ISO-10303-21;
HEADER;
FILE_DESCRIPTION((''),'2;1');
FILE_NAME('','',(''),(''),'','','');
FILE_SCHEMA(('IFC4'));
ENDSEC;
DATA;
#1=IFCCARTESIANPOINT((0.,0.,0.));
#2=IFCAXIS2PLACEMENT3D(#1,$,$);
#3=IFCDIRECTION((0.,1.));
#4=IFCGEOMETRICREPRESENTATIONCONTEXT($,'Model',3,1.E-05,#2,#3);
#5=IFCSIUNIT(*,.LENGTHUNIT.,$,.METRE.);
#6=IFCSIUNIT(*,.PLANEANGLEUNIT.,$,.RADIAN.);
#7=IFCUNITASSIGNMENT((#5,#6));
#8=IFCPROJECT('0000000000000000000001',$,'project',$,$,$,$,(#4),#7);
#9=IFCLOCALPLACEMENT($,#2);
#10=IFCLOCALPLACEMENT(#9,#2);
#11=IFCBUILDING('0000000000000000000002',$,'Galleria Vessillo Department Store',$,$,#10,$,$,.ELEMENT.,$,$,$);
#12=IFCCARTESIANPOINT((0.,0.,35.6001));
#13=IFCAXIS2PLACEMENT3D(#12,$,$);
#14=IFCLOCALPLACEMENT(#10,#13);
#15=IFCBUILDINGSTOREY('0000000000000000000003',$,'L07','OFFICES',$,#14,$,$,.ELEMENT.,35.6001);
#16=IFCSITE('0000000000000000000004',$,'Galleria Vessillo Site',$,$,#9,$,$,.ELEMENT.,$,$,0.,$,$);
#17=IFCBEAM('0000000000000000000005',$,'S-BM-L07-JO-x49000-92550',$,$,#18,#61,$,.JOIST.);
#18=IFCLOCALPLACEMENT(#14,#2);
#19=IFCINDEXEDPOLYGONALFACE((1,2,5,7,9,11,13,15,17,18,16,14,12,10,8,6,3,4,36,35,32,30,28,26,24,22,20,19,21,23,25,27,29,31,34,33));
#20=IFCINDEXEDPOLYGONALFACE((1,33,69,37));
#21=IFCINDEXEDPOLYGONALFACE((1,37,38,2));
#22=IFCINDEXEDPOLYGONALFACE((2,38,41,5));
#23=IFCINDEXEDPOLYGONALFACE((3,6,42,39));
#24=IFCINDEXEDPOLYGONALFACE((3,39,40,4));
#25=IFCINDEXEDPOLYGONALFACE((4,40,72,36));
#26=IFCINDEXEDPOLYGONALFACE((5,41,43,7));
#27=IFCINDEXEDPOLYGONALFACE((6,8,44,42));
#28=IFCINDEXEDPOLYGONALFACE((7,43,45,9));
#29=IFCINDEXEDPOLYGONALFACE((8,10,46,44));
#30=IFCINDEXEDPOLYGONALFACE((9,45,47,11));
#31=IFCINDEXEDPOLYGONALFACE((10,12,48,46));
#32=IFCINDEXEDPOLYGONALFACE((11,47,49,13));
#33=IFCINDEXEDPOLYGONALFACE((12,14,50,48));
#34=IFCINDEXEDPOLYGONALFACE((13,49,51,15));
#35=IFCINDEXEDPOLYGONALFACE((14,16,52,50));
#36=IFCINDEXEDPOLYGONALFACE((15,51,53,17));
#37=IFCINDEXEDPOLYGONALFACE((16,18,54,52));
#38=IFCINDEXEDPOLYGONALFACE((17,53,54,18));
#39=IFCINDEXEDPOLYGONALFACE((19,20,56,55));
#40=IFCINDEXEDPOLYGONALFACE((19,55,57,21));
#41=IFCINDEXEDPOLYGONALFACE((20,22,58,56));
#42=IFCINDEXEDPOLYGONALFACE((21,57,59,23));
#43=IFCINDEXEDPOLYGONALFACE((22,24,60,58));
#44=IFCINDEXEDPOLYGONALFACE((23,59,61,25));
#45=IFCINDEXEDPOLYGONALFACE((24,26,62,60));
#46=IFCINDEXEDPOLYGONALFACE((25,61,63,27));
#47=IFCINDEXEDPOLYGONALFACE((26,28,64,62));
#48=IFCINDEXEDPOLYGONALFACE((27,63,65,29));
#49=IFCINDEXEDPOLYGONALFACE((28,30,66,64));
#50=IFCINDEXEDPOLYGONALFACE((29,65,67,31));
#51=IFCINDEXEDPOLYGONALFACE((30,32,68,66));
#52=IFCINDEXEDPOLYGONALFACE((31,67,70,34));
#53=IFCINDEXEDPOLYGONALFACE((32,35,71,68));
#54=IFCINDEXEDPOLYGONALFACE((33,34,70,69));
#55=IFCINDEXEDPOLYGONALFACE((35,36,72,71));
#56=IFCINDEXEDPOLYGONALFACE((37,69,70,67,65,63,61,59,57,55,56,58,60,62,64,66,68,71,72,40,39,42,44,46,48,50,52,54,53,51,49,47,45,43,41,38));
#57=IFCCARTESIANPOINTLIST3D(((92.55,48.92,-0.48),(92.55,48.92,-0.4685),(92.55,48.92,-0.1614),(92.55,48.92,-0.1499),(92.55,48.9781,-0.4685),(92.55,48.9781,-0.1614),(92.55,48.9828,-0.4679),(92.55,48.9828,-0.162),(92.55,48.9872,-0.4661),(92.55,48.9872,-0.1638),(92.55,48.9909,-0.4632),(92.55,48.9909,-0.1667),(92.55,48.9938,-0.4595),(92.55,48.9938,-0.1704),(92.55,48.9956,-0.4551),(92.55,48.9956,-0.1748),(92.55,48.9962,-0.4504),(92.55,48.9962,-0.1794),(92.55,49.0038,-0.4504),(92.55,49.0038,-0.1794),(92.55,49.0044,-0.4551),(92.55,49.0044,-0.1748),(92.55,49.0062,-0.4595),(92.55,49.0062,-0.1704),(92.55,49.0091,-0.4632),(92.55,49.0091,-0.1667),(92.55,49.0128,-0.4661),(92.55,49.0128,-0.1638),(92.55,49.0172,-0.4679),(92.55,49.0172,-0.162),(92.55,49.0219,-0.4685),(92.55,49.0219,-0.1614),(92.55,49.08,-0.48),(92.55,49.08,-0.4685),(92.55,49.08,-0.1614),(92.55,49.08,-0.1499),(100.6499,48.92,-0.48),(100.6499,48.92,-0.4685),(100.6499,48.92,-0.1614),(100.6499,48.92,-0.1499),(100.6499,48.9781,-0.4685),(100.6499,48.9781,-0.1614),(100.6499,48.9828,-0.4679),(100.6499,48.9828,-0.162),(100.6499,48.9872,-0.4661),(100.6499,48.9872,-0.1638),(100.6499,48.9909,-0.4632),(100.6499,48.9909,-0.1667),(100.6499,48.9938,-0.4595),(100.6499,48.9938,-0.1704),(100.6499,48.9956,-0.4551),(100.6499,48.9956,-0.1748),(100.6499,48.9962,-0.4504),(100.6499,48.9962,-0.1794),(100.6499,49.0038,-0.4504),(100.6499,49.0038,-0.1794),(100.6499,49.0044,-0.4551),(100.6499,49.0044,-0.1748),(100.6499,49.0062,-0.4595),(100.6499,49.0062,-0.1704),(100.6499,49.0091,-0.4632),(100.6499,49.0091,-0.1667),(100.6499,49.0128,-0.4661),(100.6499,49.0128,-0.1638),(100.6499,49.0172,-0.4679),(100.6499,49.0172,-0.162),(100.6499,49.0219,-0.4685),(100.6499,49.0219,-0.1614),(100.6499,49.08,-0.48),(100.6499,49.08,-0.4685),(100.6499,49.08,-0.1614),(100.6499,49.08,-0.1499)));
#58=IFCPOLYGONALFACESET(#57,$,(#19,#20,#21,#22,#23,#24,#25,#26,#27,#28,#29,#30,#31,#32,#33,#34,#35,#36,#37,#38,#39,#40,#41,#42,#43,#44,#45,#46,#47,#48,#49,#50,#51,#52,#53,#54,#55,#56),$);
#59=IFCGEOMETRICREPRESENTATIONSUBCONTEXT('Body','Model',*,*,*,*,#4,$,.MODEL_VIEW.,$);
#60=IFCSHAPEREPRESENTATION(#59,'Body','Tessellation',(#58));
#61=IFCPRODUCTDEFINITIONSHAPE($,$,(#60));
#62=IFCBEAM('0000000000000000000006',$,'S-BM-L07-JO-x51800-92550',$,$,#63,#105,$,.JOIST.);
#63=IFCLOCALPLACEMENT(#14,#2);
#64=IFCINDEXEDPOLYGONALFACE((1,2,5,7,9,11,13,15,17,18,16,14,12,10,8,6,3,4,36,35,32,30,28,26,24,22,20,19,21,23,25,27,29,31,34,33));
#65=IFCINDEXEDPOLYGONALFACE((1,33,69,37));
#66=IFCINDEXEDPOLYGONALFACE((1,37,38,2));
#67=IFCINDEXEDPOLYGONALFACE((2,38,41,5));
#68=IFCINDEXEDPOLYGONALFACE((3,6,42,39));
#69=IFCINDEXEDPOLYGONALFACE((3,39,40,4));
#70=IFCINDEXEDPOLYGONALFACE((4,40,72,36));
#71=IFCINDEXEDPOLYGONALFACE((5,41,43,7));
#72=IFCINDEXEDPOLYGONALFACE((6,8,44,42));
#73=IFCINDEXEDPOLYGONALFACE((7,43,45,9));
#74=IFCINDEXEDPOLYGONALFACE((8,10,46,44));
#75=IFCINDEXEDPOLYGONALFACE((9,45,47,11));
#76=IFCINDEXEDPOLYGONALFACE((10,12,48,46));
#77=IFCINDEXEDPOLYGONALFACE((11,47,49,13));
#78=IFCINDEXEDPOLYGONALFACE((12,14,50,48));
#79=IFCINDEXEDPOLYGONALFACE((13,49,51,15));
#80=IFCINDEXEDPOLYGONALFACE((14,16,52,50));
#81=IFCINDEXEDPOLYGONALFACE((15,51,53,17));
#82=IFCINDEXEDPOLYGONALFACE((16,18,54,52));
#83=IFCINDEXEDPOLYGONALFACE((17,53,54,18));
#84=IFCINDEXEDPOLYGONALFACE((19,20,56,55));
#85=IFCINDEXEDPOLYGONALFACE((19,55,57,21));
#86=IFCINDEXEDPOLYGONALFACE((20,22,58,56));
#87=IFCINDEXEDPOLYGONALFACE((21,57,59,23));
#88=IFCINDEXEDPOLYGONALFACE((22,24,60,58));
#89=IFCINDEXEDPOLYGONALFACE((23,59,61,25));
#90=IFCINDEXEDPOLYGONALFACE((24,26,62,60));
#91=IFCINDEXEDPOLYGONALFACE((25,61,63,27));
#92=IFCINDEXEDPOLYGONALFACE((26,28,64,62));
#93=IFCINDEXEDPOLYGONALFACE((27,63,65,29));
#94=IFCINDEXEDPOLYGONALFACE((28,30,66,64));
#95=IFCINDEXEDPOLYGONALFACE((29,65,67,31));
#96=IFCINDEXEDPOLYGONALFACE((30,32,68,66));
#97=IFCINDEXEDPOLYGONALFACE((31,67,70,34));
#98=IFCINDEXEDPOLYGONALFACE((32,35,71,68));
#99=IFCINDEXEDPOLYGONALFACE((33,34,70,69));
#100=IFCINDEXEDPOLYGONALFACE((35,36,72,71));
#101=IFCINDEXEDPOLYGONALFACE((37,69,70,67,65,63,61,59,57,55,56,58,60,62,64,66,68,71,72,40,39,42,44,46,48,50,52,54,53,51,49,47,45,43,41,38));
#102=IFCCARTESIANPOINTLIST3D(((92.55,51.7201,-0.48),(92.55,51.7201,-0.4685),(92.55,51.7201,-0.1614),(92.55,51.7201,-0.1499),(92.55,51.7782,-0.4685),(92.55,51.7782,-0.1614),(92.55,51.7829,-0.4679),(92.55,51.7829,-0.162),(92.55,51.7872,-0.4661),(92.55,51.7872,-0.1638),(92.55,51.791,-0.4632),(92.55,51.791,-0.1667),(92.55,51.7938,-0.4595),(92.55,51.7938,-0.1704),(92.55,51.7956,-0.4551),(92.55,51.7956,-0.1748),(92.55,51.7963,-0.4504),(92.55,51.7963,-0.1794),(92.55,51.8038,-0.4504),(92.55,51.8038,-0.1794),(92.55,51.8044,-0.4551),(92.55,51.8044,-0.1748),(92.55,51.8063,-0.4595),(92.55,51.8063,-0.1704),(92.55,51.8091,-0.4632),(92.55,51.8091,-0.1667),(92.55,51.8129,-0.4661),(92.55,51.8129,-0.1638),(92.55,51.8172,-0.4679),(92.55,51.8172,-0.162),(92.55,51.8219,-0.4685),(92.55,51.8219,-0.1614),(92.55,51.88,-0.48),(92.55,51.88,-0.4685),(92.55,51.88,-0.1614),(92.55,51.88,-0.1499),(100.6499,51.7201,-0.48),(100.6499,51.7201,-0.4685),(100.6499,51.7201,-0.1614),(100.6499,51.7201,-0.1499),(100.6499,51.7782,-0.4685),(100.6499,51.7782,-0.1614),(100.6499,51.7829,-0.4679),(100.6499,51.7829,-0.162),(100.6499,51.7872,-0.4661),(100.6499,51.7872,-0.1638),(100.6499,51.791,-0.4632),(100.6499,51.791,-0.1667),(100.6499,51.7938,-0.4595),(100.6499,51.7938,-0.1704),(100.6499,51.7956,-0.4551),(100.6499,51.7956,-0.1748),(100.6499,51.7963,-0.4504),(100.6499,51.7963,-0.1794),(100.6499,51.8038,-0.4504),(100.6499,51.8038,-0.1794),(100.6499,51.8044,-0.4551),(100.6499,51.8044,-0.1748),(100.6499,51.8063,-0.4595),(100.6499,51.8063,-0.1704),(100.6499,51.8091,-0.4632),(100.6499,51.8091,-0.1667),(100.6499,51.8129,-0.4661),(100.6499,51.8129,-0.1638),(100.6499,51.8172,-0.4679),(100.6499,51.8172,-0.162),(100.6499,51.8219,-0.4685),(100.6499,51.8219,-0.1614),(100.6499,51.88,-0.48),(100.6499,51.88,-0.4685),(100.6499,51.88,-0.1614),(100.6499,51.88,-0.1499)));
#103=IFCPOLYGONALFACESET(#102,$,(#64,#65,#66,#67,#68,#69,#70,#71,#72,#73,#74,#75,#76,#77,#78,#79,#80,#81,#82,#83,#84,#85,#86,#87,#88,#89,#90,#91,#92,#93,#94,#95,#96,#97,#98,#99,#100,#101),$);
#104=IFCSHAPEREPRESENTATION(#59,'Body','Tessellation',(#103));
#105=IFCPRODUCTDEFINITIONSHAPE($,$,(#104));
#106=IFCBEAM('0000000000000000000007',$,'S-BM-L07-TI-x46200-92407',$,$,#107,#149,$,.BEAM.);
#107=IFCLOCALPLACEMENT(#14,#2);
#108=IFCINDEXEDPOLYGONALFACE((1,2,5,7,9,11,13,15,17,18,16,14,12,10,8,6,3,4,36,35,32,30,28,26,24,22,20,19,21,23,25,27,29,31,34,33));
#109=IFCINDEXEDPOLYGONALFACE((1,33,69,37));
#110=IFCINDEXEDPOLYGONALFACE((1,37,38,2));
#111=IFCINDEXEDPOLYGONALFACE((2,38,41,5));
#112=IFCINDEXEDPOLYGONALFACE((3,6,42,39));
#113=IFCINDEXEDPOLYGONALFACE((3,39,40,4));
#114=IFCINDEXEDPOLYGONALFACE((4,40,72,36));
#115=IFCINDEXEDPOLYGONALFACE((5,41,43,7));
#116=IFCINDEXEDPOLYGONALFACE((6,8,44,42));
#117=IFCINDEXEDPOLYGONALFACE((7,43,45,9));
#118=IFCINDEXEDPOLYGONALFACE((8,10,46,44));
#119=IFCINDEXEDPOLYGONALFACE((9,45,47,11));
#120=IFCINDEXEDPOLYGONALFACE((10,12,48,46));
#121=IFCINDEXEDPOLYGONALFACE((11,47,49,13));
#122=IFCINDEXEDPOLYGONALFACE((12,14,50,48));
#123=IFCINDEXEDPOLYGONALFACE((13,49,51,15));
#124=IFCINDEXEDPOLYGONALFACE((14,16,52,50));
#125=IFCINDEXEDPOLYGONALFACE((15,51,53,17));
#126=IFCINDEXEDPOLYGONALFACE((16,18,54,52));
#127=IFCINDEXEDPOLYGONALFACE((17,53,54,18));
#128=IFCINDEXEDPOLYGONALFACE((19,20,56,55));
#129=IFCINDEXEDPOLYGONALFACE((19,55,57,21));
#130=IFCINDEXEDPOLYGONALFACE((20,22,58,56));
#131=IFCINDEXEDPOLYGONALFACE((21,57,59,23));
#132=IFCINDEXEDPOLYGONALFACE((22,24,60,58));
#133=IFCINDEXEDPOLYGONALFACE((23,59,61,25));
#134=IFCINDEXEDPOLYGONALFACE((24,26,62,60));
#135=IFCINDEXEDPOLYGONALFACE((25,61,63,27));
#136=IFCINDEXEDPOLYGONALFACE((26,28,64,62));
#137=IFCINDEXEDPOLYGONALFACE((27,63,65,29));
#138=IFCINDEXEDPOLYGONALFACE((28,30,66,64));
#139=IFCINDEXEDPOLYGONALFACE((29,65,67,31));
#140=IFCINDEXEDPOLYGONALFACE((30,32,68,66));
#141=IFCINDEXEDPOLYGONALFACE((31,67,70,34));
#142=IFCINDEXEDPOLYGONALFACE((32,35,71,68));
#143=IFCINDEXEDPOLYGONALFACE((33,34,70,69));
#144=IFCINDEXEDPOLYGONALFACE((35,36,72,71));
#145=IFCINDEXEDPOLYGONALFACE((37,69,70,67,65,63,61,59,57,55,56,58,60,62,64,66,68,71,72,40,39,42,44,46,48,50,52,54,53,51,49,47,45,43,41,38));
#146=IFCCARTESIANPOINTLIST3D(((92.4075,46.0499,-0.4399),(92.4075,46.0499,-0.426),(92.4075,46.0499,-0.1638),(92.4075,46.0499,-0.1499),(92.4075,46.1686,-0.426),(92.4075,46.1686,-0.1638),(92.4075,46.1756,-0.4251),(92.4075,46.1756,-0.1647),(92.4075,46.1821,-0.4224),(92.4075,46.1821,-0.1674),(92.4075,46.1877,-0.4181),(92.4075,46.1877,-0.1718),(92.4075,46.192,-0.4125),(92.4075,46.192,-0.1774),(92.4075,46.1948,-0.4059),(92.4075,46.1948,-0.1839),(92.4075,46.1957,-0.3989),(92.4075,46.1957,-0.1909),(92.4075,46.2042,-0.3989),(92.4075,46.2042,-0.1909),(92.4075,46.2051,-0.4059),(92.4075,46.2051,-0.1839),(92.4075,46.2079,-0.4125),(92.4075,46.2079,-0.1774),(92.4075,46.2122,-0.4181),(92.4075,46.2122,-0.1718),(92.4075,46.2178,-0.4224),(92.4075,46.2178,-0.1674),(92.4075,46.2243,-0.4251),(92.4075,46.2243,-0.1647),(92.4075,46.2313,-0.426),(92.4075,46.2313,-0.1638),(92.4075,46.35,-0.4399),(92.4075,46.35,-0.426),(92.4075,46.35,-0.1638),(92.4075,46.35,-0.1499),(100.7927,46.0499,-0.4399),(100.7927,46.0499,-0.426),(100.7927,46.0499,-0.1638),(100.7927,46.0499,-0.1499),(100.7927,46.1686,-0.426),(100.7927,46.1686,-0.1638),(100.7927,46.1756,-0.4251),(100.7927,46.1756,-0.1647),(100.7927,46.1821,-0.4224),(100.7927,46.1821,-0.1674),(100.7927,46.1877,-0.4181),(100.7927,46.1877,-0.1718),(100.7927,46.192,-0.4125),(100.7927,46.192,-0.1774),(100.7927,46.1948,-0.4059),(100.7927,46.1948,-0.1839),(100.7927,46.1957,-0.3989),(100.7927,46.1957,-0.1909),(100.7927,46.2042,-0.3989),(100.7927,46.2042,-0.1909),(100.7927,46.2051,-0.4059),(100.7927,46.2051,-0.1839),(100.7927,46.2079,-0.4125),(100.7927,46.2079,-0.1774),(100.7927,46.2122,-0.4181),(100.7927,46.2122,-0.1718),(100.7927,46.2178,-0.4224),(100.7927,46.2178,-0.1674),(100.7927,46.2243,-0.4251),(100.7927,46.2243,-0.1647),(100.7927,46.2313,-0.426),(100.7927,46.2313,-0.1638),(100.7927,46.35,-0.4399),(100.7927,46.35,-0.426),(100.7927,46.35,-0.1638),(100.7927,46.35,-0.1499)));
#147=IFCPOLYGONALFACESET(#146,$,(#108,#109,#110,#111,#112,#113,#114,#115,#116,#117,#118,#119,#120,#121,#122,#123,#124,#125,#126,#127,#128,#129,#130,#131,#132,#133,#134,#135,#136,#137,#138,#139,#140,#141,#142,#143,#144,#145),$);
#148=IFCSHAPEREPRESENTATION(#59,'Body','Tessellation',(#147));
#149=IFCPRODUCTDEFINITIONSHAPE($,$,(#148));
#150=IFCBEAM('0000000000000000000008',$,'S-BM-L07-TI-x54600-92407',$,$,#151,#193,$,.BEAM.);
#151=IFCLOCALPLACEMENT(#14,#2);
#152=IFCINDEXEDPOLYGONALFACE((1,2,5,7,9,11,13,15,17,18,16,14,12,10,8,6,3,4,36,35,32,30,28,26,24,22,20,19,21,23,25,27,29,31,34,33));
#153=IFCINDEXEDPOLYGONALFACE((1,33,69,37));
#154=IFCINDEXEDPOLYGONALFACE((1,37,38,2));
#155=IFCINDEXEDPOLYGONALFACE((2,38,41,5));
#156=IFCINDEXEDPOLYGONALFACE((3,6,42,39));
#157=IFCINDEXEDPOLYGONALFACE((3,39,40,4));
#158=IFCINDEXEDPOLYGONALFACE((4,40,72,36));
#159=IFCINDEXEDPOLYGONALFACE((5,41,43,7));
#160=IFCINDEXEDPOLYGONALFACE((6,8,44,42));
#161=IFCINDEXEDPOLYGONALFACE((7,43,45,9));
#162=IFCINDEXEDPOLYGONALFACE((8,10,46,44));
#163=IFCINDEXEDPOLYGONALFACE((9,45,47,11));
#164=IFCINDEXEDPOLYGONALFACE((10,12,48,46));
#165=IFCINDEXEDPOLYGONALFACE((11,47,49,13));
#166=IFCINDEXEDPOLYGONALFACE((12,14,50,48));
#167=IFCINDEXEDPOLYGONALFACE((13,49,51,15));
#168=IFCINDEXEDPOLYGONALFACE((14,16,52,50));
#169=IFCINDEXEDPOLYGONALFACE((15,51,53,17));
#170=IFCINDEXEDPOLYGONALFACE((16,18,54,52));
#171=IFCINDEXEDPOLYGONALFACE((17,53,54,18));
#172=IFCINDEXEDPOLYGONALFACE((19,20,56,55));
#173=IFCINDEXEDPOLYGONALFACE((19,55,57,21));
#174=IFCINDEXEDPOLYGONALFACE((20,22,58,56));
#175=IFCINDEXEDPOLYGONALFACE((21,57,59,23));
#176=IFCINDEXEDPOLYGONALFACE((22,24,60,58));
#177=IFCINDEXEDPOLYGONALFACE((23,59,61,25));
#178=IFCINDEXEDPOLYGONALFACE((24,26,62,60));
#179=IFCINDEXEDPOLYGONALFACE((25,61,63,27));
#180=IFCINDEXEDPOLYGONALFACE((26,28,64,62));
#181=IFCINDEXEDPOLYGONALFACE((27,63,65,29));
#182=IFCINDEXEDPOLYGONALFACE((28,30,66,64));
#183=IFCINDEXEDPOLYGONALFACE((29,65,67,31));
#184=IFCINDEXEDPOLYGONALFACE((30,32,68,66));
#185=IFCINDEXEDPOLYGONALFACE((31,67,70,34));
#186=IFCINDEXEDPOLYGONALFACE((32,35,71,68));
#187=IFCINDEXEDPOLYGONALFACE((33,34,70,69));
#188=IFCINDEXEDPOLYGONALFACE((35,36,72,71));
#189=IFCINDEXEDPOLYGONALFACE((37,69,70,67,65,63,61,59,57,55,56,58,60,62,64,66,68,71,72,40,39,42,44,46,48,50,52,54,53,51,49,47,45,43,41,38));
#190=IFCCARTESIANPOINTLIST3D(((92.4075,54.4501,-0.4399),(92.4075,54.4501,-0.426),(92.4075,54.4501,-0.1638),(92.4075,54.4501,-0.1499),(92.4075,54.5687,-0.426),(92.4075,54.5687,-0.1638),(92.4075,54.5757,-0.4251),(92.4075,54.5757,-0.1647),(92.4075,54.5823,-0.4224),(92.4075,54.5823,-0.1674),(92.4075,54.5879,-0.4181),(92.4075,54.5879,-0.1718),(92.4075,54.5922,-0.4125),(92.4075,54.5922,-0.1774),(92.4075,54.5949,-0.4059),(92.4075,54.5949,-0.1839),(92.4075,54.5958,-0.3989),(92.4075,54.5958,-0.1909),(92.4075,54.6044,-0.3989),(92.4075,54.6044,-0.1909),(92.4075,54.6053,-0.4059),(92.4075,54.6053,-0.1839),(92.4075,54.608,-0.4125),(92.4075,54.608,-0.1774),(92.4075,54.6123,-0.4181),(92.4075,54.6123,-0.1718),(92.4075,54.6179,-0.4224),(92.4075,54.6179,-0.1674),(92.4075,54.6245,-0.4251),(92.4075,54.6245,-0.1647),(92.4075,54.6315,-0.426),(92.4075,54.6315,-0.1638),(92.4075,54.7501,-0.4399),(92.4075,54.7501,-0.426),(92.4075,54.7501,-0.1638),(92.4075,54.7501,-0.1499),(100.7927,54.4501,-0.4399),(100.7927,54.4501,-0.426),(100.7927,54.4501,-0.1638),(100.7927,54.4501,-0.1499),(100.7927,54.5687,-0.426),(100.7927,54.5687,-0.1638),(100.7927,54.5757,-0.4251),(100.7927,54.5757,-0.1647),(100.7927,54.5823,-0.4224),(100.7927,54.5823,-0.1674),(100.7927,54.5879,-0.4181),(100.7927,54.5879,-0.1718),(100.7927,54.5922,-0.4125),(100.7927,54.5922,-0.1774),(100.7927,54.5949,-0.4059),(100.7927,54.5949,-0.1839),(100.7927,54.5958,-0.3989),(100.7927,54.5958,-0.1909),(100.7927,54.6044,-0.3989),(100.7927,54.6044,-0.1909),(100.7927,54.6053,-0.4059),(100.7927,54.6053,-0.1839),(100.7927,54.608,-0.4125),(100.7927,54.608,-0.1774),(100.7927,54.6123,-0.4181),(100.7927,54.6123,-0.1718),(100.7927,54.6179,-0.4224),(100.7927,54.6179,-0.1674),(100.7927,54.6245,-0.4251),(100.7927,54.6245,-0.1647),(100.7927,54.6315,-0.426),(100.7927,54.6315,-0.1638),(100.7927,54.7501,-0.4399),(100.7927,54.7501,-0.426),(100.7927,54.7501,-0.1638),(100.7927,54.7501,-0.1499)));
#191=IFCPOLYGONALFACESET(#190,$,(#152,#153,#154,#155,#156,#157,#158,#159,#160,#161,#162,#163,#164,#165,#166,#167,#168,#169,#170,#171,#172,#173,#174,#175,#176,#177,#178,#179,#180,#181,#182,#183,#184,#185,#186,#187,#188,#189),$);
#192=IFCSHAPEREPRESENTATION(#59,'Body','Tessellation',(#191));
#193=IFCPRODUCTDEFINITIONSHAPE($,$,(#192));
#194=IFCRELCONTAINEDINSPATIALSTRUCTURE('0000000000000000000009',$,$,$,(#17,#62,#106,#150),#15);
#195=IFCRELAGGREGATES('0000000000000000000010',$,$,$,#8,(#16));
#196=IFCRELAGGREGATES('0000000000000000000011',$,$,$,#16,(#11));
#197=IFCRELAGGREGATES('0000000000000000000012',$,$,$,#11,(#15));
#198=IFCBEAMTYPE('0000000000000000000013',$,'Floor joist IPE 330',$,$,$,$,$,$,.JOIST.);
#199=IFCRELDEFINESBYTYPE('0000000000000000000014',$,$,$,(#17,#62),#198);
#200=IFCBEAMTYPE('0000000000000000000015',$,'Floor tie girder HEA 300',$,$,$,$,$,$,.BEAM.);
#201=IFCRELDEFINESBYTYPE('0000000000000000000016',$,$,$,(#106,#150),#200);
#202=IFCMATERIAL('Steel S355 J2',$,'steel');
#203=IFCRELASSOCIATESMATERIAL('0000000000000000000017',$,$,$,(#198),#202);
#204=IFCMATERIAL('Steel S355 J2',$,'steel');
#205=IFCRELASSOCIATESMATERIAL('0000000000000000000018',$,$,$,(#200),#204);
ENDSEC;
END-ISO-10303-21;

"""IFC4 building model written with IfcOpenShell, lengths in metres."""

from ifc_helpers import new_model, si_unit, direction, frame, origin, origin_2d, place, context, subcontext, project, spatial, i_section, extrude, material, material_profile, profile_set, type_object, element, save


model = new_model("IFC4")

# Units and contexts
model_context = context("Model", 3, precision=1e-05, world=origin(), true_north=direction((0.0, 1.0)))
body_context = subcontext(model_context, "Body", "Model", "MODEL_VIEW")
ifc_project = project(units=[si_unit("LENGTHUNIT", "METRE"), si_unit("PLANEANGLEUNIT", "RADIAN")], contexts=[model_context])

# Site, building, storey
site_placement = place(None, origin())
site = spatial("IfcSite", under=ifc_project, at=site_placement, Name="Galleria Vessillo Site", CompositionType="ELEMENT", RefElevation=0.0)
building_placement = place(site_placement, origin())
building = spatial("IfcBuilding", under=site, at=building_placement, Name="Galleria Vessillo Department Store", CompositionType="ELEMENT")
storey_placement = place(building_placement, frame((0.0, 0.0, 35.6001)))
storey = spatial("IfcBuildingStorey", under=building, at=storey_placement, Name="L07", Description="OFFICES", CompositionType="ELEMENT", Elevation=35.6001)

# Beams
ifc_material_1 = material(Name="Steel S355 J2", Category="steel")
ifc_material_profile_1 = material_profile(ifc_material_1, i_section(OverallWidth=0.1599, OverallDepth=0.3301, WebThickness=0.0076, FlangeThickness=0.0115, FilletRadius=0.0181, at=origin_2d()), Name="IPE 330")
ifc_profile_set_1 = profile_set([ifc_material_profile_1], Name="Steel S355 J2")
beam_type_1 = type_object("IfcBeamType", Name="Floor joist IPE 330", PredefinedType="JOIST", material=ifc_profile_set_1)
for number, where, z_axis, x_axis, name in (
    (1, (92.55, 49.0, -0.3149), (1.0, 0.0, 0.0), (0.0, 1.0, 0.0), "S-BM-L07-JO-x49000-92550"),
    (2, (92.55, 51.8, -0.3149), (1.0, 0.0, 0.0), (0.0, 1.0, 0.0), "S-BM-L07-JO-x51800-92550"),
):
    element("IfcBeam", number, at=place(storey_placement, frame(where, z_axis=z_axis, x_axis=x_axis)), inside=storey, type_object=beam_type_1, Name=name, PredefinedType="JOIST", context=body_context, shape_type="SweptSolid", body=[
        extrude(i_section(OverallWidth=0.1599, OverallDepth=0.3301, WebThickness=0.0076, FlangeThickness=0.0115, FilletRadius=0.0181, at=origin_2d()), origin(), (0.0, 0.0, 1.0), 8.0999),
    ])
ifc_material_2 = material(Name="Steel S355 J2", Category="steel")
ifc_material_profile_2 = material_profile(ifc_material_2, i_section(OverallWidth=0.3, OverallDepth=0.29, WebThickness=0.0085, FlangeThickness=0.0139, FilletRadius=0.0271, at=origin_2d()), Name="HEA 300")
ifc_profile_set_2 = profile_set([ifc_material_profile_2], Name="Steel S355 J2")
beam_type_2 = type_object("IfcBeamType", Name="Floor tie girder HEA 300", PredefinedType="BEAM", material=ifc_profile_set_2)
for number, where, z_axis, x_axis, name in (
    (3, (92.4075, 46.2, -0.2949), (1.0, 0.0, 0.0), (0.0, 1.0, 0.0), "S-BM-L07-TI-x46200-92407"),
    (4, (92.4075, 54.6001, -0.2949), (1.0, 0.0, 0.0), (0.0, 1.0, 0.0), "S-BM-L07-TI-x54600-92407"),
):
    element("IfcBeam", number, at=place(storey_placement, frame(where, z_axis=z_axis, x_axis=x_axis)), inside=storey, type_object=beam_type_2, Name=name, PredefinedType="BEAM", context=body_context, shape_type="SweptSolid", body=[
        extrude(i_section(OverallWidth=0.3, OverallDepth=0.29, WebThickness=0.0085, FlangeThickness=0.0139, FilletRadius=0.0271, at=origin_2d()), origin(), (0.0, 0.0, 1.0), 8.3853),
    ])

save(model, "model.ifc")
